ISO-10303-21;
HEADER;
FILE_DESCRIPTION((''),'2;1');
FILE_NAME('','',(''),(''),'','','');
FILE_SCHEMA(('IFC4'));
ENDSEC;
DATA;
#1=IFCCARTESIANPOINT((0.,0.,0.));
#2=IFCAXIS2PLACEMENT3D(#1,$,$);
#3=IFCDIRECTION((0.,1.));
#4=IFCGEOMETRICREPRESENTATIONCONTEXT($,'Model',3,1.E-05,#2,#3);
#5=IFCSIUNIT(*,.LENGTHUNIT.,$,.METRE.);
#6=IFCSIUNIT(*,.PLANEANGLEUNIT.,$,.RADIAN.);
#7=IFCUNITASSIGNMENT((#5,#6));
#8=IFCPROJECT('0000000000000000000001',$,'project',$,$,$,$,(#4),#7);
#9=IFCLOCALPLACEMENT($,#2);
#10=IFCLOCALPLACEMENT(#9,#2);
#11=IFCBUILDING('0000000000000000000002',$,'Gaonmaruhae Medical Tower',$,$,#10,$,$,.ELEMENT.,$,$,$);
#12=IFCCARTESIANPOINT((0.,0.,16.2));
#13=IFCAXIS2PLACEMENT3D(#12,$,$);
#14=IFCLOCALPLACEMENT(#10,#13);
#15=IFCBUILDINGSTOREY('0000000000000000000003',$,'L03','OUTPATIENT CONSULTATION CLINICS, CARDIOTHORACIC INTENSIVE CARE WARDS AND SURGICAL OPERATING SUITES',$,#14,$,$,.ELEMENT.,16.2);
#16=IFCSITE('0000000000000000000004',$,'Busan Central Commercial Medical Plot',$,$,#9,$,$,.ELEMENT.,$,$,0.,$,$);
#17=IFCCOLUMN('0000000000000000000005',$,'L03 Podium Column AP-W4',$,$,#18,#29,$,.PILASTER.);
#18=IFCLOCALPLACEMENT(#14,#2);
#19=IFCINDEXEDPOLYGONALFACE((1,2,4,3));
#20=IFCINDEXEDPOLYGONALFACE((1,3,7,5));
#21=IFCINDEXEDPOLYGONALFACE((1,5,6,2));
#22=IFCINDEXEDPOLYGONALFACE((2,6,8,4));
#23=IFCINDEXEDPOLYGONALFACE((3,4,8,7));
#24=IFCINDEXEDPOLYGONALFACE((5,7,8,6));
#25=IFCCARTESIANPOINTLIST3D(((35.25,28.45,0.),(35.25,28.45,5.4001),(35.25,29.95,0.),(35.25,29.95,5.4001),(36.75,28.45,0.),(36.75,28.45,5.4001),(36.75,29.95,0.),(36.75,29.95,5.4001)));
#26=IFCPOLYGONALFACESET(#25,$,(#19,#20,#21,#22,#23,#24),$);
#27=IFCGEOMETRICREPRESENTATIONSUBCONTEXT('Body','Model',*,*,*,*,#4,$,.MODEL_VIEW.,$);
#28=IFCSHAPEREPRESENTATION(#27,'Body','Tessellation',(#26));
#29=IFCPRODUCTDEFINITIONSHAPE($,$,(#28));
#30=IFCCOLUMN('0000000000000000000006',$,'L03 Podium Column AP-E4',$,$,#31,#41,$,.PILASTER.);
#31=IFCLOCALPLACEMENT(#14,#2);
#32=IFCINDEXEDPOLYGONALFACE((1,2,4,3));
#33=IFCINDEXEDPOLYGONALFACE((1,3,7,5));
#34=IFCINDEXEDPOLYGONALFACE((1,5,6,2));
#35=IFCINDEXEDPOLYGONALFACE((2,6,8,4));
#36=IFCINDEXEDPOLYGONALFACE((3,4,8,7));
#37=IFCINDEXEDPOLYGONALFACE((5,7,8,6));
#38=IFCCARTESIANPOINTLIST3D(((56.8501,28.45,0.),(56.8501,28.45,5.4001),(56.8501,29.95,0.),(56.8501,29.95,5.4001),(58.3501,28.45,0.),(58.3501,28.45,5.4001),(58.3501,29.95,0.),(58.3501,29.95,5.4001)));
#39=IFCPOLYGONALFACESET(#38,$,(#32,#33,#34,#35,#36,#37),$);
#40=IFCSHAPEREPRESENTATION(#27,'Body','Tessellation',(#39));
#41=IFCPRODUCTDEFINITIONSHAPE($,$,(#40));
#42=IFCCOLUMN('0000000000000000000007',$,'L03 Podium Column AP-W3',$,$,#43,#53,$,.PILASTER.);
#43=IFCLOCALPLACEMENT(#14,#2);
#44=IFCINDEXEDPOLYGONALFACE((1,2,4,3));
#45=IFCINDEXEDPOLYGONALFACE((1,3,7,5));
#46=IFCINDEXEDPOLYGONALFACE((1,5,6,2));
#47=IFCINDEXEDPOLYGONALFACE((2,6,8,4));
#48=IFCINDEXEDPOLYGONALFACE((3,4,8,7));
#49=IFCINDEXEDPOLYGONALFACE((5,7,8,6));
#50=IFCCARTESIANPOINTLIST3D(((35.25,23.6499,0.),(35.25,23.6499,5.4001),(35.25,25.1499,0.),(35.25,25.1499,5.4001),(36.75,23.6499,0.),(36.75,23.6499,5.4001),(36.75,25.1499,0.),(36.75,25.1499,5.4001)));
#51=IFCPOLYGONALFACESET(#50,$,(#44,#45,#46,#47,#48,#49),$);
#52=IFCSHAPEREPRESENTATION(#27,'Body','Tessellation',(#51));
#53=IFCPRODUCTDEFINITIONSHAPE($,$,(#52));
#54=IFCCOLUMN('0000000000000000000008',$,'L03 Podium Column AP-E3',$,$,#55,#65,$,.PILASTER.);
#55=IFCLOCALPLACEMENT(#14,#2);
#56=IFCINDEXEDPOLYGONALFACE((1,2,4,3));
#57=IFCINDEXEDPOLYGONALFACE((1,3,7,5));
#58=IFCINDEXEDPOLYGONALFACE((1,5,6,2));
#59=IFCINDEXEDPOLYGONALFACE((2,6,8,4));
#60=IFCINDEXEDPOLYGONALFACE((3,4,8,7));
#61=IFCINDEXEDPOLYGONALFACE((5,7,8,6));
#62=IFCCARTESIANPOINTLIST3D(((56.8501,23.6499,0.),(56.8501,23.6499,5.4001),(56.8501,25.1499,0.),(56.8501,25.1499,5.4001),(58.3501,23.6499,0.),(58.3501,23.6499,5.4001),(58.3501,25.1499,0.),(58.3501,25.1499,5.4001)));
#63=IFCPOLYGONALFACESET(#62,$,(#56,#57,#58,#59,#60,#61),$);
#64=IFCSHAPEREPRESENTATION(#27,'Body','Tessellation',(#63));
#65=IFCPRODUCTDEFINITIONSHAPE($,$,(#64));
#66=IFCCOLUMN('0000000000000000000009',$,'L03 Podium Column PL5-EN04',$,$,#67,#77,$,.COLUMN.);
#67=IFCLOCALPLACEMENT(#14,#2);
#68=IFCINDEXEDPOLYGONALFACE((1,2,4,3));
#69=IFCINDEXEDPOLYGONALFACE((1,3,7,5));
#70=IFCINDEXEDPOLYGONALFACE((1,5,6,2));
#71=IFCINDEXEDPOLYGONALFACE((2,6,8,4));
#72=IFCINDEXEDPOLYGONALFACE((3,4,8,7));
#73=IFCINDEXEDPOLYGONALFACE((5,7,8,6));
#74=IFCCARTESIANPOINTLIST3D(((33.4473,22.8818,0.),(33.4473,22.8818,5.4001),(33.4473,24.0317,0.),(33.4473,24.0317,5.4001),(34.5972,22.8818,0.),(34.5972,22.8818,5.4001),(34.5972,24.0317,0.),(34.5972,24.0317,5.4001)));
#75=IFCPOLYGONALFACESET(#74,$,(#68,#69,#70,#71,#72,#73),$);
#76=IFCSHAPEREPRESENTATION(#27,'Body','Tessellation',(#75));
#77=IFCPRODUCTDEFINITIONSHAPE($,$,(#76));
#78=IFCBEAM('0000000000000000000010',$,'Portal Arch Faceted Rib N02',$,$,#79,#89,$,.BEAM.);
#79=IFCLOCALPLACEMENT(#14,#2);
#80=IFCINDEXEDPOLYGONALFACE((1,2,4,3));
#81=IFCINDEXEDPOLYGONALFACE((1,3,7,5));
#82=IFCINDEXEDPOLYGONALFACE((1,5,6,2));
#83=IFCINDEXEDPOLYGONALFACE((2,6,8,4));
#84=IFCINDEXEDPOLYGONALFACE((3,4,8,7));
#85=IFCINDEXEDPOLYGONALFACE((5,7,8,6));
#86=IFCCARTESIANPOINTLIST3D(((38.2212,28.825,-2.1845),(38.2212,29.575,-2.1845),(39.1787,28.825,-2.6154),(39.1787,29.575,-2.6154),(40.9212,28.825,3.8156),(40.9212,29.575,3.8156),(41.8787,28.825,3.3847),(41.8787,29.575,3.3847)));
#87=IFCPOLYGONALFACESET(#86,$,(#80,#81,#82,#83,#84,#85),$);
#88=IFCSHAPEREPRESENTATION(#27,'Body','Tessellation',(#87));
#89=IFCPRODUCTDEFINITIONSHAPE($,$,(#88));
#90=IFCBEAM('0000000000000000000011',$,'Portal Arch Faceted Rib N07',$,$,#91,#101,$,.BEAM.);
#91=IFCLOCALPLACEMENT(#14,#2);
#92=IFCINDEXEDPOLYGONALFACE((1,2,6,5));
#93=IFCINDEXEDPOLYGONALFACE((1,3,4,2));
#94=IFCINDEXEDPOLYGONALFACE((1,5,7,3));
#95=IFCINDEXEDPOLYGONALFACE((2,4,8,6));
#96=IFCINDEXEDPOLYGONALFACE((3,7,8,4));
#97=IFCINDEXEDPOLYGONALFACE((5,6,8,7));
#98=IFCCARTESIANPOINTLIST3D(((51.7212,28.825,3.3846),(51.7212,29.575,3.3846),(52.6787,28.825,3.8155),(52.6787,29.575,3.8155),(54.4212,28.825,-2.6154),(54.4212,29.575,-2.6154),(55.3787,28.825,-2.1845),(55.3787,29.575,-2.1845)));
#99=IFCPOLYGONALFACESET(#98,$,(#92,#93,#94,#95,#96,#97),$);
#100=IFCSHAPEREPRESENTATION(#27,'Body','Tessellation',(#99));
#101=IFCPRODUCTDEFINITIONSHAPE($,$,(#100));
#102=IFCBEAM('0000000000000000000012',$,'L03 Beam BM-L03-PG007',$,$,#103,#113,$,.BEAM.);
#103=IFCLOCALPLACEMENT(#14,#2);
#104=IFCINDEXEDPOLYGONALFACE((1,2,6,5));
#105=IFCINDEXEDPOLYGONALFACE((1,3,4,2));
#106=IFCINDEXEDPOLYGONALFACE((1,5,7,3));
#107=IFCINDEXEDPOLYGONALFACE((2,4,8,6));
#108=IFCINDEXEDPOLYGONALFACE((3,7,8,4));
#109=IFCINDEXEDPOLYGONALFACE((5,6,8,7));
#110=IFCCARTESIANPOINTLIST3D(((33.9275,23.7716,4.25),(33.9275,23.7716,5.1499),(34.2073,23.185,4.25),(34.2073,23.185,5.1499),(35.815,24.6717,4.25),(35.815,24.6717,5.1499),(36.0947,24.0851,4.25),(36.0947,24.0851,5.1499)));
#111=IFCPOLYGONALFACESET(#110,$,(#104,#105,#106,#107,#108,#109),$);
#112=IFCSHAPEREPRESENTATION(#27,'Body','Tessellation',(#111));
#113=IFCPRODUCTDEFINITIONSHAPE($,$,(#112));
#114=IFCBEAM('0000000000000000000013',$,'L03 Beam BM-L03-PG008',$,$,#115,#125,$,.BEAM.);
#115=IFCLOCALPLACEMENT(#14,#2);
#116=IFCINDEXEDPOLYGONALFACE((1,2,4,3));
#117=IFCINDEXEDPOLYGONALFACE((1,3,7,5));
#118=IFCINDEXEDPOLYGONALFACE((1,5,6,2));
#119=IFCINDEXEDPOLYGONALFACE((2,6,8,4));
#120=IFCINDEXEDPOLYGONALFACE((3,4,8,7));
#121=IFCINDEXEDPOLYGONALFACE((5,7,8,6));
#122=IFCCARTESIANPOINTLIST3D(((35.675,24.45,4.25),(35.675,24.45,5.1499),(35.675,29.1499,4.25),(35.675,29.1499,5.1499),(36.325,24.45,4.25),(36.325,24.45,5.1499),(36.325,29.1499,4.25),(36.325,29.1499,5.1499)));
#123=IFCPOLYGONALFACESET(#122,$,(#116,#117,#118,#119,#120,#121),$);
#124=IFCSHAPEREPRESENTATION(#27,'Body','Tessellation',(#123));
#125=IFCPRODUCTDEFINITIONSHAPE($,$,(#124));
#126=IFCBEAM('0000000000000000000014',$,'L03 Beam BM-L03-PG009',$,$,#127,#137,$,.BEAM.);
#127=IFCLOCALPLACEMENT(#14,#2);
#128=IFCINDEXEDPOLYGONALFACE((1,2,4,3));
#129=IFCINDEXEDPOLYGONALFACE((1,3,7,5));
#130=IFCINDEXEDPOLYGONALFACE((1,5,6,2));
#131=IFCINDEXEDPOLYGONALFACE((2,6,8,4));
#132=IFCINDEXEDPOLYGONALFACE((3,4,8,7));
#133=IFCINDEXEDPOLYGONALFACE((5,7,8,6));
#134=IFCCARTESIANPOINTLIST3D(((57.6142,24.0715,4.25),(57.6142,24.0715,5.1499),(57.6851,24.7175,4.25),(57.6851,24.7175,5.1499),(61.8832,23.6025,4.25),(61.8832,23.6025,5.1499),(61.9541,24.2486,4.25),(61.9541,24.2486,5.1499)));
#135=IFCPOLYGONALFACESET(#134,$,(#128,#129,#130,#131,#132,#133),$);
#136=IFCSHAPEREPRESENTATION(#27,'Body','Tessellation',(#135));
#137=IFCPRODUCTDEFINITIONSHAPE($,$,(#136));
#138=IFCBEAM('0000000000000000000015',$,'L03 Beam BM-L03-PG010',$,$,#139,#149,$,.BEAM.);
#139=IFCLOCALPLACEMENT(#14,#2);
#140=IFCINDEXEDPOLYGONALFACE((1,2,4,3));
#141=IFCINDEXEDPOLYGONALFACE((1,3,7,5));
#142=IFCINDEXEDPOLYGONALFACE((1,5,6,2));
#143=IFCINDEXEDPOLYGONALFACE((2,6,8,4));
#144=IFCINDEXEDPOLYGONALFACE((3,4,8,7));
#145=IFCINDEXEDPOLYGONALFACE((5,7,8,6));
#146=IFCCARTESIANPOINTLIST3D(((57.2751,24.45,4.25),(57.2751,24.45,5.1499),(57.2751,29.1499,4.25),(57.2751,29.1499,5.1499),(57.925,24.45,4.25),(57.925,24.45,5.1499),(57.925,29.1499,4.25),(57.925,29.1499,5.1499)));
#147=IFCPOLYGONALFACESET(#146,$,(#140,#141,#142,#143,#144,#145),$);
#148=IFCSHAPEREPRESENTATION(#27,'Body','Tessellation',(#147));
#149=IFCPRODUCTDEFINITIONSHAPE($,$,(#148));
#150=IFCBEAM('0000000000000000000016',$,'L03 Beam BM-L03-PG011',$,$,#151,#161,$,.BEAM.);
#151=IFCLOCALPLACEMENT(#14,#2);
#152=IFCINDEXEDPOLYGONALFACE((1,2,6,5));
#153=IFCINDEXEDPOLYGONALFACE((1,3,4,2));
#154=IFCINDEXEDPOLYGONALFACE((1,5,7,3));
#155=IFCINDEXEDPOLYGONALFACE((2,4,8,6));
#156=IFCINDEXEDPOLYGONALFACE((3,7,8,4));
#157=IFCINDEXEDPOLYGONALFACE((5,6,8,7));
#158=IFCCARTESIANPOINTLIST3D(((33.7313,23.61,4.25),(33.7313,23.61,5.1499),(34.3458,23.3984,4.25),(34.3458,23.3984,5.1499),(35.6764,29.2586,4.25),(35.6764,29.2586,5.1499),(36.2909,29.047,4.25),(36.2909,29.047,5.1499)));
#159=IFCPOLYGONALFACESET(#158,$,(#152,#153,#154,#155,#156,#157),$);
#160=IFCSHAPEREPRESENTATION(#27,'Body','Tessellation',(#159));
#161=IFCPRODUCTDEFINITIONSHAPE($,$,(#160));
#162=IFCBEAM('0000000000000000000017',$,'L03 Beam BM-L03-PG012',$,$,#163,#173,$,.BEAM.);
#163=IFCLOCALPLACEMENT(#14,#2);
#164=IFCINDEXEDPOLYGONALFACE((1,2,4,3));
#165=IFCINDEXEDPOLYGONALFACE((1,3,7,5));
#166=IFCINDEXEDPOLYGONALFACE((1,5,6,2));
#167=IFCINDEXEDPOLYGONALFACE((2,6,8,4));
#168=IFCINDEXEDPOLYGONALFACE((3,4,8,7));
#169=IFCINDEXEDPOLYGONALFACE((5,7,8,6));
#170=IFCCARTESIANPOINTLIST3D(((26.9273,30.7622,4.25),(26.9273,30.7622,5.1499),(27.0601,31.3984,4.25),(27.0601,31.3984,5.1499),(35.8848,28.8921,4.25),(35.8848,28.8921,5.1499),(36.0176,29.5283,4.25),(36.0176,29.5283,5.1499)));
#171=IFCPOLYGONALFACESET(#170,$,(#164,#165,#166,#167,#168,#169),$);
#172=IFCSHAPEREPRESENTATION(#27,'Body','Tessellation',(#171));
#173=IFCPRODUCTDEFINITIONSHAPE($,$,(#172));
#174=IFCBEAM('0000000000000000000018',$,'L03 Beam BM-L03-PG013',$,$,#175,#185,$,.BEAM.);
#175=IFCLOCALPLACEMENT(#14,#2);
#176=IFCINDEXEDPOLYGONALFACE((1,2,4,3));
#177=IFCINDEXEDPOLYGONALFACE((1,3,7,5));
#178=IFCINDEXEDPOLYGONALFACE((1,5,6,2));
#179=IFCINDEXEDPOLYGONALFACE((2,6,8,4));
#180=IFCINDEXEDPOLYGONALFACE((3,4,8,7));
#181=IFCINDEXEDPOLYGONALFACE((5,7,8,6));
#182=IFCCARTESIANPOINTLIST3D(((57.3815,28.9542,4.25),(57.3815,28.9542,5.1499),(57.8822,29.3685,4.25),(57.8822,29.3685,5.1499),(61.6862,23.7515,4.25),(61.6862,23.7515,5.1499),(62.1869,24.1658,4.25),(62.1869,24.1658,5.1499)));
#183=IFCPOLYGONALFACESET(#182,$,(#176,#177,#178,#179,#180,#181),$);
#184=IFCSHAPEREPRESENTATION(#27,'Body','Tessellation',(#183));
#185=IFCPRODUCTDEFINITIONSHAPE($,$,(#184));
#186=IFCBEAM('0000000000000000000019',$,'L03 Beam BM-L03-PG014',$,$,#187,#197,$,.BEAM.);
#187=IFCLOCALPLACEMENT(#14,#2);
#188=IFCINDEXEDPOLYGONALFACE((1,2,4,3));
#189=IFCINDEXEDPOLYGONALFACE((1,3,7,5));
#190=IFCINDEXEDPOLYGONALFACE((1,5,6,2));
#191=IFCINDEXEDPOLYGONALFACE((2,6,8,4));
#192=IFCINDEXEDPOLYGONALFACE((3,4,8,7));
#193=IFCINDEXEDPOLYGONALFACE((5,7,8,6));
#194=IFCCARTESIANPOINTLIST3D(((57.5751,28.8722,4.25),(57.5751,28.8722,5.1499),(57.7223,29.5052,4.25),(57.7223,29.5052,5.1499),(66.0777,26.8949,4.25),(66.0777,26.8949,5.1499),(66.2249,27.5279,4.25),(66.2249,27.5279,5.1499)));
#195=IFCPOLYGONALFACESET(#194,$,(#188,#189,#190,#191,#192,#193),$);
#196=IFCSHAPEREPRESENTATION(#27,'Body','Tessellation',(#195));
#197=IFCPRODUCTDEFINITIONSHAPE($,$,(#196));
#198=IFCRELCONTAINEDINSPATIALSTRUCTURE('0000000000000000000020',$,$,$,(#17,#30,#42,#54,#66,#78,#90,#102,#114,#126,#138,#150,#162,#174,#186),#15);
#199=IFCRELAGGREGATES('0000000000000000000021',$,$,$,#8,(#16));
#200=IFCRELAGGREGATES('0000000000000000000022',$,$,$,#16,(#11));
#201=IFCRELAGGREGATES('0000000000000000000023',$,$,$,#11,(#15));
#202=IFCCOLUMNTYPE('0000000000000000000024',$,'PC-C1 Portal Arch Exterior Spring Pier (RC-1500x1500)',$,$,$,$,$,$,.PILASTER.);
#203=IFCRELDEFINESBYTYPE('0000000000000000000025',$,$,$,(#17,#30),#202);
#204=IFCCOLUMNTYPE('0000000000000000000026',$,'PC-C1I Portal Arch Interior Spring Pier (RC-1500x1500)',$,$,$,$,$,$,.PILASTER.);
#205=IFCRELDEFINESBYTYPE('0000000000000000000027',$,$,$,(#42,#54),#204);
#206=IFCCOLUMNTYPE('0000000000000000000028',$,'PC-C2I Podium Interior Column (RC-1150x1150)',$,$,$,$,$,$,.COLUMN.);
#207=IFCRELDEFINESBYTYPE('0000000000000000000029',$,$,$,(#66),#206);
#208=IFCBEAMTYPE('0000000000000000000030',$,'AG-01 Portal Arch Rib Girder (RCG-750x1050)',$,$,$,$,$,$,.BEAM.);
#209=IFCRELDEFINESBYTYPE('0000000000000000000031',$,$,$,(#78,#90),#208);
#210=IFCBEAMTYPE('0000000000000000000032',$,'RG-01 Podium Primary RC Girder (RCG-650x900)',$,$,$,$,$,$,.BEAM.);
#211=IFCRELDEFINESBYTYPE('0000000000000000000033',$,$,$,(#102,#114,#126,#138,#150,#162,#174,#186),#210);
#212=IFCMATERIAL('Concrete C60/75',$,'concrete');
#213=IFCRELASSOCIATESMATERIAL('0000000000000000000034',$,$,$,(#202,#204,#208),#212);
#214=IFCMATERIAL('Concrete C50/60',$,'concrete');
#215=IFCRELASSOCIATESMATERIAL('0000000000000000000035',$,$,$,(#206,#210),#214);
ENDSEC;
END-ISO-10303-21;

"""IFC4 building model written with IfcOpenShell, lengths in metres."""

from ifc_helpers import new_model, si_unit, direction, frame, origin, origin_2d, place, context, subcontext, project, spatial, rectangle, extrude, material, material_profile, profile_set, type_object, element, save


model = new_model("IFC4")

# Units and contexts
model_context = context("Model", 3, precision=1e-05, world=origin(), true_north=direction((0.0, 1.0)))
body_context = subcontext(model_context, "Body", "Model", "MODEL_VIEW")
ifc_project = project(units=[si_unit("LENGTHUNIT", "METRE"), si_unit("PLANEANGLEUNIT", "RADIAN")], contexts=[model_context])

# Site, building, storey
site_placement = place(None, origin())
site = spatial("IfcSite", under=ifc_project, at=site_placement, Name="Busan Central Commercial Medical Plot", CompositionType="ELEMENT", RefElevation=0.0)
building_placement = place(site_placement, origin())
building = spatial("IfcBuilding", under=site, at=building_placement, Name="Gaonmaruhae Medical Tower", CompositionType="ELEMENT")
storey_placement = place(building_placement, frame((0.0, 0.0, 16.2)))
storey = spatial("IfcBuildingStorey", under=building, at=storey_placement, Name="L03", Description="OUTPATIENT CONSULTATION CLINICS, CARDIOTHORACIC INTENSIVE CARE WARDS AND SURGICAL OPERATING SUITES", CompositionType="ELEMENT", Elevation=16.2)

# Columns
ifc_material_1 = material(Name="Concrete C60/75", Category="concrete")
ifc_material_profile_1 = material_profile(ifc_material_1, rectangle(XDim=1.5, YDim=1.5, at=origin_2d()), Name="RC-1500x1500")
ifc_profile_set_1 = profile_set([ifc_material_profile_1], Name="Concrete C60/75")
column_type_1 = type_object("IfcColumnType", Name="PC-C1 Portal Arch Exterior Spring Pier (RC-1500x1500)", PredefinedType="PILASTER", material=ifc_profile_set_1)
for number, where, z_axis, x_axis, name in (
    (1, (36.0, 29.2, 0.0), (0.0, 0.0, 1.0), (1.0, 0.0, 0.0), "L03 Podium Column AP-W4"),
    (2, (57.6001, 29.2, 0.0), (0.0, 0.0, 1.0), (1.0, 0.0, 0.0), "L03 Podium Column AP-E4"),
):
    element("IfcColumn", number, at=place(storey_placement, frame(where, z_axis=z_axis, x_axis=x_axis)), inside=storey, type_object=column_type_1, Name=name, PredefinedType="PILASTER", context=body_context, shape_type="SweptSolid", body=[
        extrude(rectangle(XDim=1.5, YDim=1.5, at=origin_2d()), origin(), (0.0, 0.0, 1.0), 5.4001),
    ])
ifc_material_profile_2 = material_profile(ifc_material_1, rectangle(XDim=1.5, YDim=1.5, at=origin_2d()), Name="RC-1500x1500")
ifc_profile_set_2 = profile_set([ifc_material_profile_2], Name="Concrete C60/75")
column_type_2 = type_object("IfcColumnType", Name="PC-C1I Portal Arch Interior Spring Pier (RC-1500x1500)", PredefinedType="PILASTER", material=ifc_profile_set_2)
for number, where, z_axis, x_axis, name in (
    (3, (36.0, 24.3999, 0.0), (0.0, 0.0, 1.0), (1.0, 0.0, 0.0), "L03 Podium Column AP-W3"),
    (4, (57.6001, 24.3999, 0.0), (0.0, 0.0, 1.0), (1.0, 0.0, 0.0), "L03 Podium Column AP-E3"),
):
    element("IfcColumn", number, at=place(storey_placement, frame(where, z_axis=z_axis, x_axis=x_axis)), inside=storey, type_object=column_type_2, Name=name, PredefinedType="PILASTER", context=body_context, shape_type="SweptSolid", body=[
        extrude(rectangle(XDim=1.5, YDim=1.5, at=origin_2d()), origin(), (0.0, 0.0, 1.0), 5.4001),
    ])
ifc_material_2 = material(Name="Concrete C50/60", Category="concrete")
ifc_material_profile_3 = material_profile(ifc_material_2, rectangle(XDim=1.1499, YDim=1.1499, at=origin_2d()), Name="RC-1150x1150")
ifc_profile_set_3 = profile_set([ifc_material_profile_3], Name="Concrete C50/60")
column_type_3 = type_object("IfcColumnType", Name="PC-C2I Podium Interior Column (RC-1150x1150)", PredefinedType="COLUMN", material=ifc_profile_set_3)
column_placement = place(storey_placement, frame((34.0222, 23.4568, 0.0), z_axis=(0.0, 0.0, 1.0), x_axis=(1.0, 0.0, 0.0)))
element("IfcColumn", 5, at=column_placement, inside=storey, type_object=column_type_3, Name="L03 Podium Column PL5-EN04", PredefinedType="COLUMN", context=body_context, shape_type="SweptSolid", body=[
    extrude(rectangle(XDim=1.1499, YDim=1.1499, at=origin_2d()), origin(), (0.0, 0.0, 1.0), 5.4001),
])

# Beams
ifc_material_profile_4 = material_profile(ifc_material_1, rectangle(XDim=0.75, YDim=1.05, at=origin_2d()), Name="RCG-750x1050")
ifc_profile_set_4 = profile_set([ifc_material_profile_4], Name="Concrete C60/75")
beam_type_1 = type_object("IfcBeamType", Name="AG-01 Portal Arch Rib Girder (RCG-750x1050)", PredefinedType="BEAM", material=ifc_profile_set_4)
for number, where, z_axis, x_axis, name in (
    (6, (38.7, 29.2, -2.3999), (0.410359, 0.0, 0.911924), (0.0, 1.0, 0.0), "Portal Arch Faceted Rib N02"),
    (7, (52.2, 29.2, 3.6001), (0.410359, 0.0, -0.911924), (0.0, 1.0, 0.0), "Portal Arch Faceted Rib N07"),
):
    element("IfcBeam", number, at=place(storey_placement, frame(where, z_axis=z_axis, x_axis=x_axis)), inside=storey, type_object=beam_type_1, Name=name, PredefinedType="BEAM", context=body_context, shape_type="SweptSolid", body=[
        extrude(rectangle(XDim=0.75, YDim=1.05, at=origin_2d()), origin(), (0.0, 0.0, 1.0), 6.5796),
    ])
ifc_material_profile_5 = material_profile(ifc_material_2, rectangle(XDim=0.6499, YDim=0.8999, at=origin_2d()), Name="RCG-650x900")
ifc_profile_set_5 = profile_set([ifc_material_profile_5], Name="Concrete C50/60")
beam_type_2 = type_object("IfcBeamType", Name="RG-01 Podium Primary RC Girder (RCG-650x900)", PredefinedType="BEAM", material=ifc_profile_set_5)
beam_1_placement = place(storey_placement, frame((35.9548, 24.3784, 4.7), z_axis=(-0.902608, -0.430464, 0.0), x_axis=(0.430464, -0.902608, 0.0)))
element("IfcBeam", 8, at=beam_1_placement, inside=storey, type_object=beam_type_2, Name="L03 Beam BM-L03-PG007", PredefinedType="BEAM", context=body_context, shape_type="SweptSolid", body=[
    extrude(rectangle(XDim=0.6499, YDim=0.8999, at=origin_2d()), origin(), (0.0, 0.0, 1.0), 2.0911),
])
beam_2_placement = place(storey_placement, frame((36.0, 24.45, 4.7), z_axis=(0.0, 1.0, 0.0), x_axis=(-1.0, 0.0, 0.0)))
element("IfcBeam", 9, at=beam_2_placement, inside=storey, type_object=beam_type_2, Name="L03 Beam BM-L03-PG008", PredefinedType="BEAM", context=body_context, shape_type="SweptSolid", body=[
    extrude(rectangle(XDim=0.6499, YDim=0.8999, at=origin_2d()), origin(), (0.0, 0.0, 1.0), 4.7),
])
beam_3_placement = place(storey_placement, frame((57.6497, 24.3945, 4.7), z_axis=(0.99402, -0.109202, 0.0), x_axis=(0.109202, 0.99402, 0.0)))
element("IfcBeam", 10, at=beam_3_placement, inside=storey, type_object=beam_type_2, Name="L03 Beam BM-L03-PG009", PredefinedType="BEAM", context=body_context, shape_type="SweptSolid", body=[
    extrude(rectangle(XDim=0.6499, YDim=0.8999, at=origin_2d()), origin(), (0.0, 0.0, 1.0), 4.2947),
])
beam_4_placement = place(storey_placement, frame((57.6001, 24.45, 4.7), z_axis=(0.0, 1.0, 0.0), x_axis=(-1.0, 0.0, 0.0)))
element("IfcBeam", 11, at=beam_4_placement, inside=storey, type_object=beam_type_2, Name="L03 Beam BM-L03-PG010", PredefinedType="BEAM", context=body_context, shape_type="SweptSolid", body=[
    extrude(rectangle(XDim=0.6499, YDim=0.8999, at=origin_2d()), origin(), (0.0, 0.0, 1.0), 4.7),
])
beam_5_placement = place(storey_placement, frame((35.9836, 29.1528, 4.7), z_axis=(-0.325579, -0.945515, 0.0), x_axis=(0.945515, -0.325579, 0.0)))
element("IfcBeam", 12, at=beam_5_placement, inside=storey, type_object=beam_type_2, Name="L03 Beam BM-L03-PG011", PredefinedType="BEAM", context=body_context, shape_type="SweptSolid", body=[
    extrude(rectangle(XDim=0.6499, YDim=0.8999, at=origin_2d()), origin(), (0.0, 0.0, 1.0), 5.9741),
])
beam_6_placement = place(storey_placement, frame((35.9512, 29.2102, 4.7), z_axis=(-0.978894, 0.20437, 0.0), x_axis=(-0.20437, -0.978894, 0.0)))
element("IfcBeam", 13, at=beam_6_placement, inside=storey, type_object=beam_type_2, Name="L03 Beam BM-L03-PG012", PredefinedType="BEAM", context=body_context, shape_type="SweptSolid", body=[
    extrude(rectangle(XDim=0.6499, YDim=0.8999, at=origin_2d()), origin(), (0.0, 0.0, 1.0), 9.1506),
])
beam_7_placement = place(storey_placement, frame((57.6318, 29.1614, 4.7), z_axis=(0.637485, -0.770463, 0.0), x_axis=(0.770463, 0.637485, 0.0)))
element("IfcBeam", 14, at=beam_7_placement, inside=storey, type_object=beam_type_2, Name="L03 Beam BM-L03-PG013", PredefinedType="BEAM", context=body_context, shape_type="SweptSolid", body=[
    extrude(rectangle(XDim=0.6499, YDim=0.8999, at=origin_2d()), origin(), (0.0, 0.0, 1.0), 6.7527),
])
beam_8_placement = place(storey_placement, frame((57.6487, 29.1887, 4.7), z_axis=(0.97401, -0.226505, 0.0), x_axis=(0.226505, 0.97401, 0.0)))
element("IfcBeam", 15, at=beam_8_placement, inside=storey, type_object=beam_type_2, Name="L03 Beam BM-L03-PG014", PredefinedType="BEAM", context=body_context, shape_type="SweptSolid", body=[
    extrude(rectangle(XDim=0.6499, YDim=0.8999, at=origin_2d()), origin(), (0.0, 0.0, 1.0), 8.7295),
])

save(model, "model.ifc")
